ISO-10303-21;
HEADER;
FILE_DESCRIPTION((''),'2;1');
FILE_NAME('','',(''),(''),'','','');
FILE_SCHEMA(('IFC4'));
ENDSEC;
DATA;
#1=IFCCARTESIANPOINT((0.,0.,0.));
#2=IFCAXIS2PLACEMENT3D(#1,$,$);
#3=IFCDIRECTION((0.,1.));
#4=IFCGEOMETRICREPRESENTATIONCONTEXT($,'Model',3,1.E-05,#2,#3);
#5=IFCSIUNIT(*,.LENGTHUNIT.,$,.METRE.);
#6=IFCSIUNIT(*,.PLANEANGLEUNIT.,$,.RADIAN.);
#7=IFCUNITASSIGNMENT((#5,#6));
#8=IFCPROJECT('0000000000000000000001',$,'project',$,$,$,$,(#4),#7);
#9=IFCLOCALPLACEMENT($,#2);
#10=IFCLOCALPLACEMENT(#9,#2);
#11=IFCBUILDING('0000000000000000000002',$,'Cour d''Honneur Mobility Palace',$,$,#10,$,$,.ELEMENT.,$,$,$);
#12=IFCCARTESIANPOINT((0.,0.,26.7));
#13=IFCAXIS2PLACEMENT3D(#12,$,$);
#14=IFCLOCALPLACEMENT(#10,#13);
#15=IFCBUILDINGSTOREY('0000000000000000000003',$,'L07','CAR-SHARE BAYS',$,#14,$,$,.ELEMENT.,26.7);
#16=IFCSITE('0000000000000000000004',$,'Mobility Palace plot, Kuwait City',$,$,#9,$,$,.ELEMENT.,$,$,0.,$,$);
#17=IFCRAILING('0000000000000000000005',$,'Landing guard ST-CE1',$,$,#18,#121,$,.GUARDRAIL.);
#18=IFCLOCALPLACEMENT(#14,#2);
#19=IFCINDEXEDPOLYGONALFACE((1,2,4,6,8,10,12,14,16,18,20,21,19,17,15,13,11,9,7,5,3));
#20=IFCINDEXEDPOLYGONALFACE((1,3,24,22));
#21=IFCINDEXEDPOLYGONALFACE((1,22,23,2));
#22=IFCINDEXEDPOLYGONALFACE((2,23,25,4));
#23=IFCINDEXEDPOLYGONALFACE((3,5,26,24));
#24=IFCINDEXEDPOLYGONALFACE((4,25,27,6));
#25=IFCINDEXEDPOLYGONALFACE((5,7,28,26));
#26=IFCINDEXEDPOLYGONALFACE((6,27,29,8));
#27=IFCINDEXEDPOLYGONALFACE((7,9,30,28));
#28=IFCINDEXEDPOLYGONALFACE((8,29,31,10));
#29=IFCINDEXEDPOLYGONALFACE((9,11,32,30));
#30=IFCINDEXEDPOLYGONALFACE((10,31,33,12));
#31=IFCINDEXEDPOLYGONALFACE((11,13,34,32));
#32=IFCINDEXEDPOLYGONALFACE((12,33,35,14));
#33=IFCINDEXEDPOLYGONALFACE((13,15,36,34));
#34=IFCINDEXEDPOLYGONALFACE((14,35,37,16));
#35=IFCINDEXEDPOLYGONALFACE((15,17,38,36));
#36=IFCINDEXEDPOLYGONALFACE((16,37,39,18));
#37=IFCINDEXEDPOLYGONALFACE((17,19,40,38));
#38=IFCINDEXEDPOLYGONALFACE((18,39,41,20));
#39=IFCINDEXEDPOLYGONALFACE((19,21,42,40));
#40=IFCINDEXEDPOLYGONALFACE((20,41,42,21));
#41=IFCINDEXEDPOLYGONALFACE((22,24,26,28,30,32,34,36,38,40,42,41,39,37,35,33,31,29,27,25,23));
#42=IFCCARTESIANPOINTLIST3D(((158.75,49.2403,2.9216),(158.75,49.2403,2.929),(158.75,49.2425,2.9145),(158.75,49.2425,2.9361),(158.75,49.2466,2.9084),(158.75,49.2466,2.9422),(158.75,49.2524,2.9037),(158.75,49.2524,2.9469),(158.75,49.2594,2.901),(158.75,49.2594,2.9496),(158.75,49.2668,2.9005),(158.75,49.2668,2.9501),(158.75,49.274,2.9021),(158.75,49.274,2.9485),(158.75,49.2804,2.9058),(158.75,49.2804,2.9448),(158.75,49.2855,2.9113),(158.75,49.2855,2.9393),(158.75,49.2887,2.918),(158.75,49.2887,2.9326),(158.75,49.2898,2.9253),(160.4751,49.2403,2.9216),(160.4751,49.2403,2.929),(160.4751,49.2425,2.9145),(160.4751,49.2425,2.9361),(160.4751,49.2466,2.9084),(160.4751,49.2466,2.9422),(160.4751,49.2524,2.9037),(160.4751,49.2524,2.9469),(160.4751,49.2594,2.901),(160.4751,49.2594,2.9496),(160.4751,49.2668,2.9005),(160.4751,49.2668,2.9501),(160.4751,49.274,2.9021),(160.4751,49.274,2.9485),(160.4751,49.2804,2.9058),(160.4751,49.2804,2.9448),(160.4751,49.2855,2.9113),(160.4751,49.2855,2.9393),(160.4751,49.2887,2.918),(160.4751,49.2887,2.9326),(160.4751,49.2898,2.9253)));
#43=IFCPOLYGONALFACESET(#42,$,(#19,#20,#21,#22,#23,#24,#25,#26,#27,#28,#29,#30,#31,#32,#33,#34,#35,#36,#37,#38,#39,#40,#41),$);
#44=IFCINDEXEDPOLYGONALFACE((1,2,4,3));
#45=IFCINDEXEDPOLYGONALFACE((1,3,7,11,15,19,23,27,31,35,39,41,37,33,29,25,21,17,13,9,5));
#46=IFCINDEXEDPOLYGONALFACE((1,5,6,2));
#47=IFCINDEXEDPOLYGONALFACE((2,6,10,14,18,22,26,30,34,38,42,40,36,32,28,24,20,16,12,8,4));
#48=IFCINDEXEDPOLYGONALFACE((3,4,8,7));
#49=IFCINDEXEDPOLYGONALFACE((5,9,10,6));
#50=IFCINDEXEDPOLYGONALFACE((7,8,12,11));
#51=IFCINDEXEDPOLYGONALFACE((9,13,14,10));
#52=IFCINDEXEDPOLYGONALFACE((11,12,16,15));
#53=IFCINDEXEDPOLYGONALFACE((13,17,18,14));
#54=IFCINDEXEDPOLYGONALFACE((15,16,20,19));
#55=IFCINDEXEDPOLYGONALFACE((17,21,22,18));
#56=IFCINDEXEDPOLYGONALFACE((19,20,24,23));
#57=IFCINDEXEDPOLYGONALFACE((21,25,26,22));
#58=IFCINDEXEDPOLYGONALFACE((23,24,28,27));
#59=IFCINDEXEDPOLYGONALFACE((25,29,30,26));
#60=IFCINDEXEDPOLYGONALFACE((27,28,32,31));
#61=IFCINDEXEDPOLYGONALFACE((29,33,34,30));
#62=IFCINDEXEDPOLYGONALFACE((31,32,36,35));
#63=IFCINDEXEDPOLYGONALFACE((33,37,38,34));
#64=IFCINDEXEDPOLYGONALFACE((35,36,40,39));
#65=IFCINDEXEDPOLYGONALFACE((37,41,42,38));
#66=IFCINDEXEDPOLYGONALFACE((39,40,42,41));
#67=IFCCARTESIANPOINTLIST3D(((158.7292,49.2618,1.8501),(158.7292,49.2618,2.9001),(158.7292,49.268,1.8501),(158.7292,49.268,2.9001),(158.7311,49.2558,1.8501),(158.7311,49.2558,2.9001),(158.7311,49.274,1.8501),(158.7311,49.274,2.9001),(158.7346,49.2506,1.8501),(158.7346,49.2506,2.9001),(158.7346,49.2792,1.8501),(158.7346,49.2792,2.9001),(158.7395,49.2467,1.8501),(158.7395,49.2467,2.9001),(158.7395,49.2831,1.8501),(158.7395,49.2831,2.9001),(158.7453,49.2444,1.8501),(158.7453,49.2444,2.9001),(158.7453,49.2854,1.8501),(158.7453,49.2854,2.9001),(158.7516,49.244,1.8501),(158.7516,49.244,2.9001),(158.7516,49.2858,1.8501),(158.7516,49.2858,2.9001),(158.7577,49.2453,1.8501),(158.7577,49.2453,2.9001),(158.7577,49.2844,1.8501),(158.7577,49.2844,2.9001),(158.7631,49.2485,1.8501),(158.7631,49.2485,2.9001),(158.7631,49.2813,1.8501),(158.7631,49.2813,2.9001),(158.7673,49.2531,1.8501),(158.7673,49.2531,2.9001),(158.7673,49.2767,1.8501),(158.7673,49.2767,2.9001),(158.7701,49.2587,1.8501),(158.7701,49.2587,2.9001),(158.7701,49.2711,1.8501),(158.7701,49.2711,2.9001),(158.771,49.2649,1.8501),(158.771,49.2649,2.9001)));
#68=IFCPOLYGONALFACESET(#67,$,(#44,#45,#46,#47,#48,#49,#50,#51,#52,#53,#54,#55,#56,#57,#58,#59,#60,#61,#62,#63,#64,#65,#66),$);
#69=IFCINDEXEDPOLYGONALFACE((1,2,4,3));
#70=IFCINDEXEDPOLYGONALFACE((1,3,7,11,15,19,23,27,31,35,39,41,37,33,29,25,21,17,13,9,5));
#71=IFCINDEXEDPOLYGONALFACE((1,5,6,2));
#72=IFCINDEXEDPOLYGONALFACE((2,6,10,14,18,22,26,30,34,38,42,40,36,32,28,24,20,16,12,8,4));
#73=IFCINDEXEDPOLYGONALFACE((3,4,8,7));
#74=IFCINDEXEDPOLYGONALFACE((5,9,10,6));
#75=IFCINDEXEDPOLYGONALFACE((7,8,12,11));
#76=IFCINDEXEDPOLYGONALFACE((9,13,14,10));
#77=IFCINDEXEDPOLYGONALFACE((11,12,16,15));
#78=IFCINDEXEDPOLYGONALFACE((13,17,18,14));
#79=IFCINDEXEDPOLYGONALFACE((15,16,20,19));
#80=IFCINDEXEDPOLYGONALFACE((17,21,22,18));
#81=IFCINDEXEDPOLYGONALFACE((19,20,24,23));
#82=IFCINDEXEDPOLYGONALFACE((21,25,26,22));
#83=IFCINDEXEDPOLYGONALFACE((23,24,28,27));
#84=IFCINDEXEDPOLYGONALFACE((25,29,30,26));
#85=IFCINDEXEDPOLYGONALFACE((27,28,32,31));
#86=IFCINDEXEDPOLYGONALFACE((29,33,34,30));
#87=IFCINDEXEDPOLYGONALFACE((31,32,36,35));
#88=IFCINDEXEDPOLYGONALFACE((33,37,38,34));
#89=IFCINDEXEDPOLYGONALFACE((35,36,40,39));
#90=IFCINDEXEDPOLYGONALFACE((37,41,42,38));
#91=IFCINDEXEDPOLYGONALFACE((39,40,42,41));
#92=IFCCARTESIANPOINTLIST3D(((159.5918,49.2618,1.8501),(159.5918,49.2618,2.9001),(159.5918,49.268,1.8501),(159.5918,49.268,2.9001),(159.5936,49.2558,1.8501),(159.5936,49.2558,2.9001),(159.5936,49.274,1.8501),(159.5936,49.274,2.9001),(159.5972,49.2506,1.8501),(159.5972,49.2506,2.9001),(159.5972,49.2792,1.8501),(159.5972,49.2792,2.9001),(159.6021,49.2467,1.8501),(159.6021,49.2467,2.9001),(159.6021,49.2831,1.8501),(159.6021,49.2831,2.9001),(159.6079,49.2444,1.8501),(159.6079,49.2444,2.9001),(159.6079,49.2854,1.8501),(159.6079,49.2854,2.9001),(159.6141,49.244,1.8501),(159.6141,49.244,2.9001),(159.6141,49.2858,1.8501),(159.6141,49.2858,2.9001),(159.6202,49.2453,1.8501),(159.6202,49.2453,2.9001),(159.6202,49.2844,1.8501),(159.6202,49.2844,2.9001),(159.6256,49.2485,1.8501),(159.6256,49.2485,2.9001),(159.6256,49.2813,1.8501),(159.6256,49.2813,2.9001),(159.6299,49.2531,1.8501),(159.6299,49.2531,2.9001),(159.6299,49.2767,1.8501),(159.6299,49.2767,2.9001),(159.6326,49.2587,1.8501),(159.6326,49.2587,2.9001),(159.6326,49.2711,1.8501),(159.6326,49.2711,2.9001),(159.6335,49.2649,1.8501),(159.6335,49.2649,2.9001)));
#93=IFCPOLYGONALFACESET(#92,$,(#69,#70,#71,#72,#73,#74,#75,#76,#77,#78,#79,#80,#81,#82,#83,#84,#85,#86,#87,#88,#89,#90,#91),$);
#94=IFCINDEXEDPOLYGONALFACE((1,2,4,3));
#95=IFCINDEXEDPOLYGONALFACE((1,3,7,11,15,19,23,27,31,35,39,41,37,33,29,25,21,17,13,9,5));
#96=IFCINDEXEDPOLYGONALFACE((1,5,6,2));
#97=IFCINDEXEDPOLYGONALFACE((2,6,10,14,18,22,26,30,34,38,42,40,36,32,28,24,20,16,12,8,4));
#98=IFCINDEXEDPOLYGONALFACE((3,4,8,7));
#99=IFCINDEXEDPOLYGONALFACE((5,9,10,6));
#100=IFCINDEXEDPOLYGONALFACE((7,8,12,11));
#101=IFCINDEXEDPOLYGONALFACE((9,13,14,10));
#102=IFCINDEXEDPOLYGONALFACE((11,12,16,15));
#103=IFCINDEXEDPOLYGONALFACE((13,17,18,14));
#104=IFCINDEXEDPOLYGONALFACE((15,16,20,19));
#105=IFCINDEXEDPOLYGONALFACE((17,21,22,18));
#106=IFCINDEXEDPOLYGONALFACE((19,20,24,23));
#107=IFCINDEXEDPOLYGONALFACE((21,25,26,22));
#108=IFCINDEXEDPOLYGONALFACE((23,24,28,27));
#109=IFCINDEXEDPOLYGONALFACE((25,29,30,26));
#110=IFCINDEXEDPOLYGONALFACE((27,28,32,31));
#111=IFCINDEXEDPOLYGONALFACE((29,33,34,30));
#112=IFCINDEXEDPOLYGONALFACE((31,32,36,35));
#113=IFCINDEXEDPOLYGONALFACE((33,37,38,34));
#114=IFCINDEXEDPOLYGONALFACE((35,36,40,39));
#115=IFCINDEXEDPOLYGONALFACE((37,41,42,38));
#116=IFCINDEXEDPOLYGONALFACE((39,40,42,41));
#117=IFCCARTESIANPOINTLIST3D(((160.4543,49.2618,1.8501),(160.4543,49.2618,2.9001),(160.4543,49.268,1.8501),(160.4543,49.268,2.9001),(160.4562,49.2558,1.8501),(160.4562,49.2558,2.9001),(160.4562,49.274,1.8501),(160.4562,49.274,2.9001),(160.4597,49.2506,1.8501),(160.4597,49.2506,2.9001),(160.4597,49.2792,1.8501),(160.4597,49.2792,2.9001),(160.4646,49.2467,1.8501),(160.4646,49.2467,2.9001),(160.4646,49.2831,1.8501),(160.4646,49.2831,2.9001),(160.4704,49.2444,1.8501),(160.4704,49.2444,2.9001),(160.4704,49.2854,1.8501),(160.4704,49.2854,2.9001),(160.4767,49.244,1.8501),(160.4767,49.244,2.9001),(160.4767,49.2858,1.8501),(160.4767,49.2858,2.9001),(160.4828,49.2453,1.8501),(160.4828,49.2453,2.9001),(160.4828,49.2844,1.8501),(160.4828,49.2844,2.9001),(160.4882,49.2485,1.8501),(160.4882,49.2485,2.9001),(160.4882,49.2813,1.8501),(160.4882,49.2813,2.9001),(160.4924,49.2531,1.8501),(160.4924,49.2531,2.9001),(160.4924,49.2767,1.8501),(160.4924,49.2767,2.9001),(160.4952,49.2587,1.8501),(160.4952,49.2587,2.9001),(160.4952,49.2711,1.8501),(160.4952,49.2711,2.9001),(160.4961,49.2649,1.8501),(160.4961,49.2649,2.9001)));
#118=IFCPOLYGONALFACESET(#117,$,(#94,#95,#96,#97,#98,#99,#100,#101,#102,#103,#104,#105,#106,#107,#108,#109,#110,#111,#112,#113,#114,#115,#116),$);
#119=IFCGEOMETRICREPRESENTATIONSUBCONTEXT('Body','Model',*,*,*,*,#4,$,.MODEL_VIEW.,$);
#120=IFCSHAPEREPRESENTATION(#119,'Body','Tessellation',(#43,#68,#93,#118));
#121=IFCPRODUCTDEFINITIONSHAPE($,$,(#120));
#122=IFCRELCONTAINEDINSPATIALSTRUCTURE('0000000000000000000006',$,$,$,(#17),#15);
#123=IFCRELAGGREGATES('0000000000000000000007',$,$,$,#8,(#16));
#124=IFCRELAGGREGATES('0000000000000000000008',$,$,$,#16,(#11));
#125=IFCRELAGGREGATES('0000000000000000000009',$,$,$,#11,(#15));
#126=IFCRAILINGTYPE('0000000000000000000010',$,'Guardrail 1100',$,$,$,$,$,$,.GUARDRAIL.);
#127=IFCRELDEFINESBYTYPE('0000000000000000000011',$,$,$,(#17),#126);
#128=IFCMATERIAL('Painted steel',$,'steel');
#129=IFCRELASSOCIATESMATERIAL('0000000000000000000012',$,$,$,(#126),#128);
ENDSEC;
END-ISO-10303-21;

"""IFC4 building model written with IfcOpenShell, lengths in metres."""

from ifc_helpers import new_model, si_unit, direction, frame, origin, origin_2d, place, context, subcontext, project, spatial, circle, extrude, material, type_object, element, save


model = new_model("IFC4")

# Units and contexts
model_context = context("Model", 3, precision=1e-05, world=origin(), true_north=direction((0.0, 1.0)))
body_context = subcontext(model_context, "Body", "Model", "MODEL_VIEW")
ifc_project = project(units=[si_unit("LENGTHUNIT", "METRE"), si_unit("PLANEANGLEUNIT", "RADIAN")], contexts=[model_context])

# Site, building, storey
site_placement = place(None, origin())
site = spatial("IfcSite", under=ifc_project, at=site_placement, Name="Mobility Palace plot, Kuwait City", CompositionType="ELEMENT", RefElevation=0.0)
building_placement = place(site_placement, origin())
building = spatial("IfcBuilding", under=site, at=building_placement, Name="Cour d'Honneur Mobility Palace", CompositionType="ELEMENT")
storey_placement = place(building_placement, frame((0.0, 0.0, 26.7)))
storey = spatial("IfcBuildingStorey", under=building, at=storey_placement, Name="L07", Description="CAR-SHARE BAYS", CompositionType="ELEMENT", Elevation=26.7)

# Railing
ifc_material_1 = material(Name="Painted steel", Category="steel")
railing_type_1 = type_object("IfcRailingType", Name="Guardrail 1100", PredefinedType="GUARDRAIL", material=ifc_material_1)
railing_1_placement = place(storey_placement, frame((158.75, 49.2649, 1.8501)))
element("IfcRailing", 1, at=railing_1_placement, inside=storey, type_object=railing_type_1, Name="Landing guard ST-CE1", PredefinedType="GUARDRAIL", context=body_context, shape_type="SweptSolid", body=[
    extrude(circle(Radius=0.0249, at=origin_2d()), frame((0.0, 0.0, 1.0752), z_axis=(1.0, 0.0, 0.0), x_axis=(0.0, 1.0, 0.0)), (0.0, 0.0, 1.0), 1.7251),
    extrude(circle(Radius=0.021, at=origin_2d()), origin(), (0.0, 0.0, 1.0), 1.05),
    extrude(circle(Radius=0.021, at=origin_2d()), frame((0.8625, 0.0, 0.0)), (0.0, 0.0, 1.0), 1.05),
    extrude(circle(Radius=0.021, at=origin_2d()), frame((1.7251, 0.0, 0.0)), (0.0, 0.0, 1.0), 1.05),
])

save(model, "model.ifc")
